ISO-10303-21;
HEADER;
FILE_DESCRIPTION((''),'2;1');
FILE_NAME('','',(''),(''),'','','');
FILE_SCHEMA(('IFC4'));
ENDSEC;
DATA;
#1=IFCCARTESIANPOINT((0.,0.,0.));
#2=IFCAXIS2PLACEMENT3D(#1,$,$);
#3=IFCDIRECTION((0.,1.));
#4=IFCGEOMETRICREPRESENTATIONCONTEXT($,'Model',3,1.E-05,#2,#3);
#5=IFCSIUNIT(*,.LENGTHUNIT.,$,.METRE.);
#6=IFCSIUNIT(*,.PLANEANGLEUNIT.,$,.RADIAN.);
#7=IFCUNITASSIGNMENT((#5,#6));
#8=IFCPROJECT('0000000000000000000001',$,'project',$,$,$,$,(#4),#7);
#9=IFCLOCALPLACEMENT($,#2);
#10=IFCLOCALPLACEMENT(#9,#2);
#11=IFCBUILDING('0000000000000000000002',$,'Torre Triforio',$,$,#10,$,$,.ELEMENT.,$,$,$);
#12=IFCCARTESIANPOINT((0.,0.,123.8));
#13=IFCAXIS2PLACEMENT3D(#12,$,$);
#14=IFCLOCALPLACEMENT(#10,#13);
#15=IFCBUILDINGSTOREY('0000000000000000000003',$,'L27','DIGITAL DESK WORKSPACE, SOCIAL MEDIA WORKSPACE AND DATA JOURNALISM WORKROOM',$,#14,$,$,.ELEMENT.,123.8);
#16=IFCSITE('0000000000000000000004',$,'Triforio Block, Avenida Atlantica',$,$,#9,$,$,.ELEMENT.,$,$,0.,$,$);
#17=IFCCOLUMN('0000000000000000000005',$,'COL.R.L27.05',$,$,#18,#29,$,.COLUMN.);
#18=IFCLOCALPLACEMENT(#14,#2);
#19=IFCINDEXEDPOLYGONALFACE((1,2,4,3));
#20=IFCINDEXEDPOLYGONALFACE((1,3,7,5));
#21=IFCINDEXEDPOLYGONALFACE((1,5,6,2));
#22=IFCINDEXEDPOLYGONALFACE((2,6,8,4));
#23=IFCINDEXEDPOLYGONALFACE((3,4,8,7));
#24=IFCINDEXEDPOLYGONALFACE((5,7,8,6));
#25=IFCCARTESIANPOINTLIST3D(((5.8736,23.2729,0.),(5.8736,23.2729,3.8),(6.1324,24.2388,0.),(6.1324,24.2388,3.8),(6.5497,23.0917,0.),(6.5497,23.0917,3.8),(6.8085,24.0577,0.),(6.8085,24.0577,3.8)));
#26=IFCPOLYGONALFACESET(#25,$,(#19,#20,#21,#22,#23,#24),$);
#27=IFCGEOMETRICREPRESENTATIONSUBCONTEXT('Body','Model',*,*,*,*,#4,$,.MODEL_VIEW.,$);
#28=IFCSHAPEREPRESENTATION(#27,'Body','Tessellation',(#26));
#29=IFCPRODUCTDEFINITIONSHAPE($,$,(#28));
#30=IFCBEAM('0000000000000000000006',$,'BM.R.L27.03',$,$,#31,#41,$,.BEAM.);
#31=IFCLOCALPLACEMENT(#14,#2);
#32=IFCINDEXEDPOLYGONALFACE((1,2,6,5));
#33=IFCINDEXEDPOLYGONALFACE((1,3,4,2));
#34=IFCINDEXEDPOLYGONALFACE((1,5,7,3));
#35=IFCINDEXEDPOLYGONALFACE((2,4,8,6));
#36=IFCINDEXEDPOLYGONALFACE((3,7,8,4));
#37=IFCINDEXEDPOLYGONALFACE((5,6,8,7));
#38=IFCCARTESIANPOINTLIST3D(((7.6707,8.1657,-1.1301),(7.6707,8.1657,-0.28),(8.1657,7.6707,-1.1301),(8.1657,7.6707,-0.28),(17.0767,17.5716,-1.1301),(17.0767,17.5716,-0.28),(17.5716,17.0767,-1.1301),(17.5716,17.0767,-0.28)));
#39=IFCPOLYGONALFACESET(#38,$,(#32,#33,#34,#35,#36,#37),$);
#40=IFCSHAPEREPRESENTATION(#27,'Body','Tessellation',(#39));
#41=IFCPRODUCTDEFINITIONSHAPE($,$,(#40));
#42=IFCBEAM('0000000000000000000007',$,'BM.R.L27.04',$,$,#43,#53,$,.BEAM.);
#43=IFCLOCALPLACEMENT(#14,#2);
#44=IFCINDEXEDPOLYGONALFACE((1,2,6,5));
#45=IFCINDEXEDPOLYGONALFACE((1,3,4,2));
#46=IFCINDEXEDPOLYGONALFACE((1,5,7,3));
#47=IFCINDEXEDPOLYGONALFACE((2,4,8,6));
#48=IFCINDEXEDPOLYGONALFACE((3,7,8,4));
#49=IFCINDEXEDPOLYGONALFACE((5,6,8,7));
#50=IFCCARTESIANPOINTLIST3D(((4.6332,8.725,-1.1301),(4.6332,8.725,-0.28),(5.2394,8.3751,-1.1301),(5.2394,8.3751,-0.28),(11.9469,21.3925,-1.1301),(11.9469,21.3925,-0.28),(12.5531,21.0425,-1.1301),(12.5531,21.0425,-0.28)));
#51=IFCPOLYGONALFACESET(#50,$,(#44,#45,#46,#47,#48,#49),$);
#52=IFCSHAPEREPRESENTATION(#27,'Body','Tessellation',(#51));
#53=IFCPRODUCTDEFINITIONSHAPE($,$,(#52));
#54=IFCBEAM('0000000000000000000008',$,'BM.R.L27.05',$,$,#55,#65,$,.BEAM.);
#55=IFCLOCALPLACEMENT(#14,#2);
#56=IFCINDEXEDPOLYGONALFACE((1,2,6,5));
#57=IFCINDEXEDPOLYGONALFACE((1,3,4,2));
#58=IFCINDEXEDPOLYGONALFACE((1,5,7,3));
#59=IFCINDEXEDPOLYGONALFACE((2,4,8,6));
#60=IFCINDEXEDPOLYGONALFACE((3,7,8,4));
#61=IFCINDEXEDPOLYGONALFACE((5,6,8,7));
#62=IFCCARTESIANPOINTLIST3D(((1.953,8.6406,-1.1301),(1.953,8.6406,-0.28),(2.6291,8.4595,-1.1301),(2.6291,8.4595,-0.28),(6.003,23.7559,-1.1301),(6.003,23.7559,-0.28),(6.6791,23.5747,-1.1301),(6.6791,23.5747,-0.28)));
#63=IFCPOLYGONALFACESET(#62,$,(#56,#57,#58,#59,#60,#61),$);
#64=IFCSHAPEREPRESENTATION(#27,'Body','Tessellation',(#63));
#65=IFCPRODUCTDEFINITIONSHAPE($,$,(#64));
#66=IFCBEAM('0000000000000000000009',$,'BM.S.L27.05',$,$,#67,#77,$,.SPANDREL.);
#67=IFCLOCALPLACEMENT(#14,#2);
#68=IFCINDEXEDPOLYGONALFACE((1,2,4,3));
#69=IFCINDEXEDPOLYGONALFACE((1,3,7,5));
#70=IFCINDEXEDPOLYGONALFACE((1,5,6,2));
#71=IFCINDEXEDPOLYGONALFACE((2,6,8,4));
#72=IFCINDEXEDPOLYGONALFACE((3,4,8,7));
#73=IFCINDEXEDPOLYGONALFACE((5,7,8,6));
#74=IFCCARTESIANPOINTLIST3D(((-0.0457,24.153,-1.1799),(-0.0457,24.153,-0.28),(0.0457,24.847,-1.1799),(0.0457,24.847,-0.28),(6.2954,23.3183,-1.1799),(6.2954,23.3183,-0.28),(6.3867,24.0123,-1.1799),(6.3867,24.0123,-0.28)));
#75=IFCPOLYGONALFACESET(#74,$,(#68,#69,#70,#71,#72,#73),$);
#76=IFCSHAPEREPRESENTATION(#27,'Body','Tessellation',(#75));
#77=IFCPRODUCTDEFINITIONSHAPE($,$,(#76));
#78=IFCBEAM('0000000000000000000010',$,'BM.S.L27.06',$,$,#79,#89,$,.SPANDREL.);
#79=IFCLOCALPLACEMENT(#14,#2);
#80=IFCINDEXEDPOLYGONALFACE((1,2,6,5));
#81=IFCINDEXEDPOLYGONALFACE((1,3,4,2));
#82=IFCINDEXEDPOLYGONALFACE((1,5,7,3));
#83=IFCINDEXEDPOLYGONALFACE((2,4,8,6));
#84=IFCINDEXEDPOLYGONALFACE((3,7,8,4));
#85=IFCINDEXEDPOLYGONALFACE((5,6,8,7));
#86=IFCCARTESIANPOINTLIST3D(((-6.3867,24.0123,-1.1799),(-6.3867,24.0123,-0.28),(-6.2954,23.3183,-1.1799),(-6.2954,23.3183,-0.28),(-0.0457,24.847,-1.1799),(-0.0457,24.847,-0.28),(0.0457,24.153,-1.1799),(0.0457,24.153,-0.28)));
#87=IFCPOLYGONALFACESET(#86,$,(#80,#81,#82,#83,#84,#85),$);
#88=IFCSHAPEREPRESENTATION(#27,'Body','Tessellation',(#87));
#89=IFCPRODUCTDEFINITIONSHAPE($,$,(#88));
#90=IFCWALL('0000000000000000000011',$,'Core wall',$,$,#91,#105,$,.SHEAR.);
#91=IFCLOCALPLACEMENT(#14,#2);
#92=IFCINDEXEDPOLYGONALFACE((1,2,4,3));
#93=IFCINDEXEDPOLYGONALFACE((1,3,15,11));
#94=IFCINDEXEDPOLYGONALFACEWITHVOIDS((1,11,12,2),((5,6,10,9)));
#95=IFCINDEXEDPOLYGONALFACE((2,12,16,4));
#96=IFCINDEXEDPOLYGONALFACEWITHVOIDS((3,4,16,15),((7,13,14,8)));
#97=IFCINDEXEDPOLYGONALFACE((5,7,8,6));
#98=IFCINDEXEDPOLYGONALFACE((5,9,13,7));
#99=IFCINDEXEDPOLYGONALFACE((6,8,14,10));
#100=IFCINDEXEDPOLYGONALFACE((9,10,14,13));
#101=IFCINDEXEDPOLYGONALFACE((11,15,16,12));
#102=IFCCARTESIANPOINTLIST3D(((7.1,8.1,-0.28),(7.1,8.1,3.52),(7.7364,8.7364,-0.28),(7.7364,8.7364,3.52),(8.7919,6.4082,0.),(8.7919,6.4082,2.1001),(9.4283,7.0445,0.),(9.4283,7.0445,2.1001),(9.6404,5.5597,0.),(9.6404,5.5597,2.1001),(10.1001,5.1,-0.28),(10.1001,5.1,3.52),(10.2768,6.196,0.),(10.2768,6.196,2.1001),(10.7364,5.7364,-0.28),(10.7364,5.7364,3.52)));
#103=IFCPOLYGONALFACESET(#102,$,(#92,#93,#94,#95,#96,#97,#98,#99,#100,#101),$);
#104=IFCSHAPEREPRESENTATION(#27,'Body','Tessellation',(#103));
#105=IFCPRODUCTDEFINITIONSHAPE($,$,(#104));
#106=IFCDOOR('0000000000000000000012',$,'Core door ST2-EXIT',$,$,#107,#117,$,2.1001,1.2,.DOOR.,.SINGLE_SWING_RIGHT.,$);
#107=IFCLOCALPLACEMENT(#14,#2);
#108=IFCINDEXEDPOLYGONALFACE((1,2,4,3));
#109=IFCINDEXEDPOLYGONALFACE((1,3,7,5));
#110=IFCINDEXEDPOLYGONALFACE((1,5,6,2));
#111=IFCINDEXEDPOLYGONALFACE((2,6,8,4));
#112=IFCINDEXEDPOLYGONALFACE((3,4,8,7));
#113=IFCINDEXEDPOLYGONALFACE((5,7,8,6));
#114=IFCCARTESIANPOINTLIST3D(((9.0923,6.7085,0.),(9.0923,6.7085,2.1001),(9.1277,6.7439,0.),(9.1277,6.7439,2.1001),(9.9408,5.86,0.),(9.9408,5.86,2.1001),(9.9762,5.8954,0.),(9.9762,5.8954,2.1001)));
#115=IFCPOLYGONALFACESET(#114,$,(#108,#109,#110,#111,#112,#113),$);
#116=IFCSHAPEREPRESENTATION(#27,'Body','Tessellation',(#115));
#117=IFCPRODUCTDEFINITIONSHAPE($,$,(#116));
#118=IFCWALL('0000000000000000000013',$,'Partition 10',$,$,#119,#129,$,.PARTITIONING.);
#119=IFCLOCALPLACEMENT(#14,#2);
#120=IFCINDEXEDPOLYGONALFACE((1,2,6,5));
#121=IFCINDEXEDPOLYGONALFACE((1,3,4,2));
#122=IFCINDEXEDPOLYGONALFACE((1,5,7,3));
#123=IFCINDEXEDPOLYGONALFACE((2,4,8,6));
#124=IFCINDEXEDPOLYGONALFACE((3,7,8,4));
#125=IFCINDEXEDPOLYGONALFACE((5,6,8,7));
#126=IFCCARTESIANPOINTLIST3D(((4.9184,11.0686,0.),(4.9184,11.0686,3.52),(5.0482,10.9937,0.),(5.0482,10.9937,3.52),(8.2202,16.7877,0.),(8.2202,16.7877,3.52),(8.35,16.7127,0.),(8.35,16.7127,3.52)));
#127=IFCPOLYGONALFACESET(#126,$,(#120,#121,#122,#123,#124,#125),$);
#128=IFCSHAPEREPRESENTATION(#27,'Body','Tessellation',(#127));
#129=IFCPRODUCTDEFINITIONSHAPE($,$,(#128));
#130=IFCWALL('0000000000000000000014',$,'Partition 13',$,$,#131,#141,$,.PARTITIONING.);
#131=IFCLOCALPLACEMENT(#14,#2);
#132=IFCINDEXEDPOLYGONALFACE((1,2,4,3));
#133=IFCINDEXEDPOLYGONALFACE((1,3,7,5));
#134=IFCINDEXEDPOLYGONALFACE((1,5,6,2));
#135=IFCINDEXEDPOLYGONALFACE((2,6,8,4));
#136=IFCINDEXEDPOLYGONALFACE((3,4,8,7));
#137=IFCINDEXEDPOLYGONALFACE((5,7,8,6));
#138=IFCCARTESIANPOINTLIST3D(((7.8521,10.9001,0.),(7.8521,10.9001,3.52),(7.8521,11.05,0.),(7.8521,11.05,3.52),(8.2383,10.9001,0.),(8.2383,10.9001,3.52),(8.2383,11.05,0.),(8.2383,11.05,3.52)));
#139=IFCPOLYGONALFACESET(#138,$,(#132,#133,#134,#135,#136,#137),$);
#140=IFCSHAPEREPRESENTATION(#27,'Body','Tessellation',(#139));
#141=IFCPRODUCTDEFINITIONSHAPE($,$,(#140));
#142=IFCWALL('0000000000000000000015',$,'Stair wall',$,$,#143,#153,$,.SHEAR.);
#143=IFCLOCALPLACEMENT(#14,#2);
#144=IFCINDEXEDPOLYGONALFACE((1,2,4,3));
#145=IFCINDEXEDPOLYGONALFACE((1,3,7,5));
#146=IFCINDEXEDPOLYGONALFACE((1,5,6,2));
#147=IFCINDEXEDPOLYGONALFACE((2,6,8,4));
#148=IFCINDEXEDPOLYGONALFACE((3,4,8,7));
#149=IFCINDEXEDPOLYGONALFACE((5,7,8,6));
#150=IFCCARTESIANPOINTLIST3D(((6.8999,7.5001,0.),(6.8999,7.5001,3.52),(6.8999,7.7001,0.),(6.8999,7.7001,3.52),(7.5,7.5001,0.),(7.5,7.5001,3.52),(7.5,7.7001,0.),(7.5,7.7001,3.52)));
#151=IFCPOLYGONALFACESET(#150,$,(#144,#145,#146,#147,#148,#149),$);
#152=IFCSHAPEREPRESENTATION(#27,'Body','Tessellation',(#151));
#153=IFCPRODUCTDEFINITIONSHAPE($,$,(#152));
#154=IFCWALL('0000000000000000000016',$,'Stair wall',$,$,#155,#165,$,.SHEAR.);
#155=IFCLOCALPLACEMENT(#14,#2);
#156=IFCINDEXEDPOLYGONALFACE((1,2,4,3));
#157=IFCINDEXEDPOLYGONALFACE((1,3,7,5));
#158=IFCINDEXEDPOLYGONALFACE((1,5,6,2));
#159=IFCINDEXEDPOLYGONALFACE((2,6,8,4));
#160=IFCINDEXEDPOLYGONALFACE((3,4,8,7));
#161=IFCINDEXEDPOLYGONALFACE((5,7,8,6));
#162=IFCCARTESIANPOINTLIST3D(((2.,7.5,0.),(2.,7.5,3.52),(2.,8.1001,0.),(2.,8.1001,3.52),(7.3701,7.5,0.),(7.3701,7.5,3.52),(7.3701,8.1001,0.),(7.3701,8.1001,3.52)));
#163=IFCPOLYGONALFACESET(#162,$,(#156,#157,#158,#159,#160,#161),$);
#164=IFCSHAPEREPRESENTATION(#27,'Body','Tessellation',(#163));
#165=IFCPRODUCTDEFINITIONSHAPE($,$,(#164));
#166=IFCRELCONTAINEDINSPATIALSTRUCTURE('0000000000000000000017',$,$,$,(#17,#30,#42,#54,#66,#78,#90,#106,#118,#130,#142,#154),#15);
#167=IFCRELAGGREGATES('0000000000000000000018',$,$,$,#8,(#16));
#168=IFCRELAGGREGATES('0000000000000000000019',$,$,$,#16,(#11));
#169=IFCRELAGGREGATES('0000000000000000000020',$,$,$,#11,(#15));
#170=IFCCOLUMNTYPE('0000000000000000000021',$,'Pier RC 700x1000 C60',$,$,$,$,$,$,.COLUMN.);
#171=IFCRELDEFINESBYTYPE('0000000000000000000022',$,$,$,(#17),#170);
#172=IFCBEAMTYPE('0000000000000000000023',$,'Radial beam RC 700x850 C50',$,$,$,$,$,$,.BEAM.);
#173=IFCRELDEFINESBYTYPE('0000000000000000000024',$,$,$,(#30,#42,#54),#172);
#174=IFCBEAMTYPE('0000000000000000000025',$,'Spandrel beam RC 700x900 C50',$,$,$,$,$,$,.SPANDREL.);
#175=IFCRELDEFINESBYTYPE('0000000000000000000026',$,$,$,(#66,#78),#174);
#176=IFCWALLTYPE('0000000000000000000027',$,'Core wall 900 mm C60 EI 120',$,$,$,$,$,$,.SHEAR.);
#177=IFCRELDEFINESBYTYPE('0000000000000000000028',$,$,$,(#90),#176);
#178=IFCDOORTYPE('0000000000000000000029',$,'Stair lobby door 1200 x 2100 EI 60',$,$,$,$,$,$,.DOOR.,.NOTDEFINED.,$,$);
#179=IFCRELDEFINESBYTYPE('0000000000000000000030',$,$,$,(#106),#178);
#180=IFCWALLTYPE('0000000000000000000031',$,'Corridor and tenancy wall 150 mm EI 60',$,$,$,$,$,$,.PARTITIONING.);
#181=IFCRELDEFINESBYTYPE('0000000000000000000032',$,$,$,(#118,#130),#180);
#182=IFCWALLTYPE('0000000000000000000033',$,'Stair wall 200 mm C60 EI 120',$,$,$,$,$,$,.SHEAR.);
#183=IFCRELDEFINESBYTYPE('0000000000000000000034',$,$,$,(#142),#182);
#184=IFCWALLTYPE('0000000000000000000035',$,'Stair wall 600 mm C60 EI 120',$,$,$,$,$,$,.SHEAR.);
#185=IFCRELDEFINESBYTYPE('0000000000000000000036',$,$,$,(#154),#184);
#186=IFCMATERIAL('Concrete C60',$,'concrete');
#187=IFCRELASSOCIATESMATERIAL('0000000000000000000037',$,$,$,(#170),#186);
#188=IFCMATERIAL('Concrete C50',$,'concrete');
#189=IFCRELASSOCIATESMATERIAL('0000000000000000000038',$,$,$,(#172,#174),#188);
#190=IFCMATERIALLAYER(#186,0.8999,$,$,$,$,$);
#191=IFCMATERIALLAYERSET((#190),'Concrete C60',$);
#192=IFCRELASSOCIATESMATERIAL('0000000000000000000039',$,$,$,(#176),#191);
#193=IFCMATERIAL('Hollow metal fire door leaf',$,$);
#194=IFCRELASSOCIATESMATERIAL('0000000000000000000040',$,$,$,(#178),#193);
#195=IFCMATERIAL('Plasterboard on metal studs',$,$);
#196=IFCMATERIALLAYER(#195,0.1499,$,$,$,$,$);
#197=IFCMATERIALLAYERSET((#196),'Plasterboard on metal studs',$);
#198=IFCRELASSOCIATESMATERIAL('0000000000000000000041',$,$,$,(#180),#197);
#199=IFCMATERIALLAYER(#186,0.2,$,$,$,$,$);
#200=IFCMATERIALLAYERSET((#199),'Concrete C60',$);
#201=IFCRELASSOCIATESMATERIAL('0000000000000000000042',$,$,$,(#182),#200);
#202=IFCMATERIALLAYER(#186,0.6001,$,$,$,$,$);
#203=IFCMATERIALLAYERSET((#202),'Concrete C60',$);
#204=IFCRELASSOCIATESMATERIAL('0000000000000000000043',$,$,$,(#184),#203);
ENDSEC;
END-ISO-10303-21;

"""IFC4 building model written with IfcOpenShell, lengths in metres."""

from ifc_helpers import new_model, si_unit, direction, frame, frame_2d, origin, origin_2d, place, context, subcontext, project, spatial, rectangle, extrude, material, layer, layer_set, material_profile, profile_set, type_object, element, fill, save


model = new_model("IFC4")

# Units and contexts
model_context = context("Model", 3, precision=1e-05, world=origin(), true_north=direction((0.0, 1.0)))
body_context = subcontext(model_context, "Body", "Model", "MODEL_VIEW")
ifc_project = project(units=[si_unit("LENGTHUNIT", "METRE"), si_unit("PLANEANGLEUNIT", "RADIAN")], contexts=[model_context])

# Site, building, storey
site_placement = place(None, origin())
site = spatial("IfcSite", under=ifc_project, at=site_placement, Name="Triforio Block, Avenida Atlantica", CompositionType="ELEMENT", RefElevation=0.0)
building_placement = place(site_placement, origin())
building = spatial("IfcBuilding", under=site, at=building_placement, Name="Torre Triforio", CompositionType="ELEMENT")
storey_placement = place(building_placement, frame((0.0, 0.0, 123.8)))
storey = spatial("IfcBuildingStorey", under=building, at=storey_placement, Name="L27", Description="DIGITAL DESK WORKSPACE, SOCIAL MEDIA WORKSPACE AND DATA JOURNALISM WORKROOM", CompositionType="ELEMENT", Elevation=123.8)

# Column
ifc_material_1 = material(Name="Concrete C60", Category="concrete")
ifc_material_profile_1 = material_profile(ifc_material_1, rectangle(XDim=0.7, YDim=1.0, at=origin_2d()), Name="RC 700x1000")
ifc_profile_set_1 = profile_set([ifc_material_profile_1], Name="Concrete C60")
column_type = type_object("IfcColumnType", Name="Pier RC 700x1000 C60", PredefinedType="COLUMN", material=ifc_profile_set_1)
column_placement = place(storey_placement, frame((6.3411, 23.6653, 0.0), z_axis=(0.0, 0.0, 1.0), x_axis=(-0.965926, 0.258819, 0.0)))
element("IfcColumn", 1, at=column_placement, inside=storey, type_object=column_type, Name="COL.R.L27.05", PredefinedType="COLUMN", context=body_context, shape_type="SweptSolid", body=[
    extrude(rectangle(XDim=0.7, YDim=1.0, at=origin_2d()), origin(), (0.0, 0.0, 1.0), 3.8),
])

# Beams
ifc_material_2 = material(Name="Concrete C50", Category="concrete")
ifc_material_profile_2 = material_profile(ifc_material_2, rectangle(XDim=0.7, YDim=0.8501, at=origin_2d()), Name="RC 700x850")
ifc_profile_set_2 = profile_set([ifc_material_profile_2], Name="Concrete C50")
beam_type_1 = type_object("IfcBeamType", Name="Radial beam RC 700x850 C50", PredefinedType="BEAM", material=ifc_profile_set_2)
beam_1_placement = place(storey_placement, frame((7.9182, 7.9182, -0.7051), z_axis=(0.707107, 0.707107, 0.0), x_axis=(-0.707107, 0.707107, 0.0)))
element("IfcBeam", 2, at=beam_1_placement, inside=storey, type_object=beam_type_1, Name="BM.R.L27.03", PredefinedType="BEAM", context=body_context, shape_type="SweptSolid", body=[
    extrude(rectangle(XDim=0.7, YDim=0.8501, at=origin_2d()), origin(), (0.0, 0.0, 1.0), 13.302),
])
beam_2_placement = place(storey_placement, frame((4.9363, 8.55, -0.7051), z_axis=(0.500008, 0.866021, 0.0), x_axis=(-0.866021, 0.500008, 0.0)))
element("IfcBeam", 3, at=beam_2_placement, inside=storey, type_object=beam_type_1, Name="BM.R.L27.04", PredefinedType="BEAM", context=body_context, shape_type="SweptSolid", body=[
    extrude(rectangle(XDim=0.7, YDim=0.8501, at=origin_2d()), origin(), (0.0, 0.0, 1.0), 14.6272),
])
beam_3_placement = place(storey_placement, frame((2.291, 8.55, -0.7051), z_axis=(0.258815, 0.965927, 0.0), x_axis=(-0.965927, 0.258815, 0.0)))
element("IfcBeam", 4, at=beam_3_placement, inside=storey, type_object=beam_type_1, Name="BM.R.L27.05", PredefinedType="BEAM", context=body_context, shape_type="SweptSolid", body=[
    extrude(rectangle(XDim=0.7, YDim=0.8501, at=origin_2d()), origin(), (0.0, 0.0, 1.0), 15.6484),
])
ifc_material_profile_3 = material_profile(ifc_material_2, rectangle(XDim=0.7, YDim=0.8999, at=origin_2d()), Name="RC 700x900")
ifc_profile_set_3 = profile_set([ifc_material_profile_3], Name="Concrete C50")
beam_type_2 = type_object("IfcBeamType", Name="Spandrel beam RC 700x900 C50", PredefinedType="SPANDREL", material=ifc_profile_set_3)
for number, where, z_axis, x_axis, name in (
    (5, (6.3411, 23.6653, -0.73), (-0.991447, 0.130511, 0.0), (-0.130511, -0.991447, 0.0), "BM.S.L27.05"),
    (6, (0.0, 24.5, -0.73), (-0.991447, -0.130511, 0.0), (0.130511, -0.991447, 0.0), "BM.S.L27.06"),
):
    element("IfcBeam", number, at=place(storey_placement, frame(where, z_axis=z_axis, x_axis=x_axis)), inside=storey, type_object=beam_type_2, Name=name, PredefinedType="SPANDREL", context=body_context, shape_type="SweptSolid", body=[
        extrude(rectangle(XDim=0.7, YDim=0.8999, at=origin_2d()), origin(), (0.0, 0.0, 1.0), 6.3958),
    ])

# Wall, opening, door
ifc_layer_1 = layer(ifc_material_1, 0.8999)
ifc_layer_set_1 = layer_set([ifc_layer_1], Name="Concrete C60")
wall_type_1 = type_object("IfcWallType", Name="Core wall 900 mm C60 EI 120", PredefinedType="SHEAR", material=ifc_layer_set_1)
wall_1_placement = place(storey_placement, frame((7.4182, 8.4182, -0.28), z_axis=(0.0, 0.0, 1.0), x_axis=(0.707107, -0.707107, 0.0)))
wall_1 = element("IfcWall", 7, at=wall_1_placement, inside=storey, type_object=wall_type_1, Name="Core wall", PredefinedType="SHEAR", context=body_context, shape_type="SweptSolid", body=[
    extrude(rectangle(XDim=4.2427, YDim=0.8999, at=frame_2d((2.1213, 0.0))), origin(), (0.0, 0.0, 1.0), 3.8),
])
opening_1_placement = place(wall_1_placement, frame((2.3926, 0.0, 0.28)))
opening_1 = element("IfcOpeningElement", 8, at=opening_1_placement, cuts=wall_1, PredefinedType="OPENING", context=body_context, shape_type="SweptSolid", body=[
    extrude(rectangle(XDim=1.2, YDim=2.1001, at=frame_2d((0.6001, 1.05))), frame((0.0, 0.46, 0.0), z_axis=(0.0, -1.0, 0.0), x_axis=(1.0, 0.0, 0.0)), (0.0, 0.0, 1.0), 0.9199),
])
ifc_material_3 = material(Name="Hollow metal fire door leaf")
door_type_1 = type_object("IfcDoorType", Name="Stair lobby door 1200 x 2100 EI 60", OperationType="NOTDEFINED", PredefinedType="DOOR", material=ifc_material_3)
door_1_placement = place(opening_1_placement, origin())
door_1 = element("IfcDoor", 9, at=door_1_placement, inside=storey, type_object=door_type_1, Name="Core door ST2-EXIT", OperationType="SINGLE_SWING_RIGHT", OverallHeight=2.1001, OverallWidth=1.2, PredefinedType="DOOR", context=body_context, shape_type="SweptSolid", body=[
    extrude(rectangle(XDim=1.2, YDim=2.1001, at=frame_2d((0.6001, 1.05))), frame((0.0, 0.0249, 0.0), z_axis=(0.0, -1.0, 0.0), x_axis=(1.0, 0.0, 0.0)), (0.0, 0.0, 1.0), 0.05),
])
fill(opening_1, door_1)

# Walls
ifc_material_4 = material(Name="Plasterboard on metal studs")
ifc_layer_2 = layer(ifc_material_4, 0.1499)
ifc_layer_set_2 = layer_set([ifc_layer_2], Name="Plasterboard on metal studs")
wall_type_2 = type_object("IfcWallType", Name="Corridor and tenancy wall 150 mm EI 60", PredefinedType="PARTITIONING", material=ifc_layer_set_2)
wall_2_placement = place(storey_placement, frame((4.9834, 11.0312, 0.0), z_axis=(0.0, 0.0, 1.0), x_axis=(0.499988, 0.866032, 0.0)))
element("IfcWall", 10, at=wall_2_placement, inside=storey, type_object=wall_type_2, Name="Partition 10", PredefinedType="PARTITIONING", context=body_context, shape_type="SweptSolid", body=[
    extrude(rectangle(XDim=6.6038, YDim=0.1499, at=frame_2d((3.3018, 0.0))), origin(), (0.0, 0.0, 1.0), 3.52),
])
wall_3_placement = place(storey_placement, frame((7.8521, 10.9751, 0.0), z_axis=(0.0, 0.0, 1.0), x_axis=(1.0, 0.0, 0.0)))
element("IfcWall", 11, at=wall_3_placement, inside=storey, type_object=wall_type_2, Name="Partition 13", PredefinedType="PARTITIONING", context=body_context, shape_type="SweptSolid", body=[
    extrude(rectangle(XDim=0.3862, YDim=0.1499, at=frame_2d((0.1931, 0.0))), origin(), (0.0, 0.0, 1.0), 3.52),
])
ifc_layer_3 = layer(ifc_material_1, 0.2)
ifc_layer_set_3 = layer_set([ifc_layer_3], Name="Concrete C60")
wall_type_3 = type_object("IfcWallType", Name="Stair wall 200 mm C60 EI 120", PredefinedType="SHEAR", material=ifc_layer_set_3)
wall_4_placement = place(storey_placement, frame((6.8999, 7.6001, 0.0), z_axis=(0.0, 0.0, 1.0), x_axis=(1.0, 0.0, 0.0)))
element("IfcWall", 12, at=wall_4_placement, inside=storey, type_object=wall_type_3, Name="Stair wall", PredefinedType="SHEAR", context=body_context, shape_type="SweptSolid", body=[
    extrude(rectangle(XDim=0.6001, YDim=0.2, at=frame_2d((0.3, 0.0))), origin(), (0.0, 0.0, 1.0), 3.52),
])
ifc_layer_4 = layer(ifc_material_1, 0.6001)
ifc_layer_set_4 = layer_set([ifc_layer_4], Name="Concrete C60")
wall_type_4 = type_object("IfcWallType", Name="Stair wall 600 mm C60 EI 120", PredefinedType="SHEAR", material=ifc_layer_set_4)
wall_5_placement = place(storey_placement, frame((2.0, 7.8, 0.0), z_axis=(0.0, 0.0, 1.0), x_axis=(1.0, 0.0, 0.0)))
element("IfcWall", 13, at=wall_5_placement, inside=storey, type_object=wall_type_4, Name="Stair wall", PredefinedType="SHEAR", context=body_context, shape_type="SweptSolid", body=[
    extrude(rectangle(XDim=5.3701, YDim=0.6001, at=frame_2d((2.6851, 0.0))), origin(), (0.0, 0.0, 1.0), 3.52),
])

save(model, "model.ifc")
